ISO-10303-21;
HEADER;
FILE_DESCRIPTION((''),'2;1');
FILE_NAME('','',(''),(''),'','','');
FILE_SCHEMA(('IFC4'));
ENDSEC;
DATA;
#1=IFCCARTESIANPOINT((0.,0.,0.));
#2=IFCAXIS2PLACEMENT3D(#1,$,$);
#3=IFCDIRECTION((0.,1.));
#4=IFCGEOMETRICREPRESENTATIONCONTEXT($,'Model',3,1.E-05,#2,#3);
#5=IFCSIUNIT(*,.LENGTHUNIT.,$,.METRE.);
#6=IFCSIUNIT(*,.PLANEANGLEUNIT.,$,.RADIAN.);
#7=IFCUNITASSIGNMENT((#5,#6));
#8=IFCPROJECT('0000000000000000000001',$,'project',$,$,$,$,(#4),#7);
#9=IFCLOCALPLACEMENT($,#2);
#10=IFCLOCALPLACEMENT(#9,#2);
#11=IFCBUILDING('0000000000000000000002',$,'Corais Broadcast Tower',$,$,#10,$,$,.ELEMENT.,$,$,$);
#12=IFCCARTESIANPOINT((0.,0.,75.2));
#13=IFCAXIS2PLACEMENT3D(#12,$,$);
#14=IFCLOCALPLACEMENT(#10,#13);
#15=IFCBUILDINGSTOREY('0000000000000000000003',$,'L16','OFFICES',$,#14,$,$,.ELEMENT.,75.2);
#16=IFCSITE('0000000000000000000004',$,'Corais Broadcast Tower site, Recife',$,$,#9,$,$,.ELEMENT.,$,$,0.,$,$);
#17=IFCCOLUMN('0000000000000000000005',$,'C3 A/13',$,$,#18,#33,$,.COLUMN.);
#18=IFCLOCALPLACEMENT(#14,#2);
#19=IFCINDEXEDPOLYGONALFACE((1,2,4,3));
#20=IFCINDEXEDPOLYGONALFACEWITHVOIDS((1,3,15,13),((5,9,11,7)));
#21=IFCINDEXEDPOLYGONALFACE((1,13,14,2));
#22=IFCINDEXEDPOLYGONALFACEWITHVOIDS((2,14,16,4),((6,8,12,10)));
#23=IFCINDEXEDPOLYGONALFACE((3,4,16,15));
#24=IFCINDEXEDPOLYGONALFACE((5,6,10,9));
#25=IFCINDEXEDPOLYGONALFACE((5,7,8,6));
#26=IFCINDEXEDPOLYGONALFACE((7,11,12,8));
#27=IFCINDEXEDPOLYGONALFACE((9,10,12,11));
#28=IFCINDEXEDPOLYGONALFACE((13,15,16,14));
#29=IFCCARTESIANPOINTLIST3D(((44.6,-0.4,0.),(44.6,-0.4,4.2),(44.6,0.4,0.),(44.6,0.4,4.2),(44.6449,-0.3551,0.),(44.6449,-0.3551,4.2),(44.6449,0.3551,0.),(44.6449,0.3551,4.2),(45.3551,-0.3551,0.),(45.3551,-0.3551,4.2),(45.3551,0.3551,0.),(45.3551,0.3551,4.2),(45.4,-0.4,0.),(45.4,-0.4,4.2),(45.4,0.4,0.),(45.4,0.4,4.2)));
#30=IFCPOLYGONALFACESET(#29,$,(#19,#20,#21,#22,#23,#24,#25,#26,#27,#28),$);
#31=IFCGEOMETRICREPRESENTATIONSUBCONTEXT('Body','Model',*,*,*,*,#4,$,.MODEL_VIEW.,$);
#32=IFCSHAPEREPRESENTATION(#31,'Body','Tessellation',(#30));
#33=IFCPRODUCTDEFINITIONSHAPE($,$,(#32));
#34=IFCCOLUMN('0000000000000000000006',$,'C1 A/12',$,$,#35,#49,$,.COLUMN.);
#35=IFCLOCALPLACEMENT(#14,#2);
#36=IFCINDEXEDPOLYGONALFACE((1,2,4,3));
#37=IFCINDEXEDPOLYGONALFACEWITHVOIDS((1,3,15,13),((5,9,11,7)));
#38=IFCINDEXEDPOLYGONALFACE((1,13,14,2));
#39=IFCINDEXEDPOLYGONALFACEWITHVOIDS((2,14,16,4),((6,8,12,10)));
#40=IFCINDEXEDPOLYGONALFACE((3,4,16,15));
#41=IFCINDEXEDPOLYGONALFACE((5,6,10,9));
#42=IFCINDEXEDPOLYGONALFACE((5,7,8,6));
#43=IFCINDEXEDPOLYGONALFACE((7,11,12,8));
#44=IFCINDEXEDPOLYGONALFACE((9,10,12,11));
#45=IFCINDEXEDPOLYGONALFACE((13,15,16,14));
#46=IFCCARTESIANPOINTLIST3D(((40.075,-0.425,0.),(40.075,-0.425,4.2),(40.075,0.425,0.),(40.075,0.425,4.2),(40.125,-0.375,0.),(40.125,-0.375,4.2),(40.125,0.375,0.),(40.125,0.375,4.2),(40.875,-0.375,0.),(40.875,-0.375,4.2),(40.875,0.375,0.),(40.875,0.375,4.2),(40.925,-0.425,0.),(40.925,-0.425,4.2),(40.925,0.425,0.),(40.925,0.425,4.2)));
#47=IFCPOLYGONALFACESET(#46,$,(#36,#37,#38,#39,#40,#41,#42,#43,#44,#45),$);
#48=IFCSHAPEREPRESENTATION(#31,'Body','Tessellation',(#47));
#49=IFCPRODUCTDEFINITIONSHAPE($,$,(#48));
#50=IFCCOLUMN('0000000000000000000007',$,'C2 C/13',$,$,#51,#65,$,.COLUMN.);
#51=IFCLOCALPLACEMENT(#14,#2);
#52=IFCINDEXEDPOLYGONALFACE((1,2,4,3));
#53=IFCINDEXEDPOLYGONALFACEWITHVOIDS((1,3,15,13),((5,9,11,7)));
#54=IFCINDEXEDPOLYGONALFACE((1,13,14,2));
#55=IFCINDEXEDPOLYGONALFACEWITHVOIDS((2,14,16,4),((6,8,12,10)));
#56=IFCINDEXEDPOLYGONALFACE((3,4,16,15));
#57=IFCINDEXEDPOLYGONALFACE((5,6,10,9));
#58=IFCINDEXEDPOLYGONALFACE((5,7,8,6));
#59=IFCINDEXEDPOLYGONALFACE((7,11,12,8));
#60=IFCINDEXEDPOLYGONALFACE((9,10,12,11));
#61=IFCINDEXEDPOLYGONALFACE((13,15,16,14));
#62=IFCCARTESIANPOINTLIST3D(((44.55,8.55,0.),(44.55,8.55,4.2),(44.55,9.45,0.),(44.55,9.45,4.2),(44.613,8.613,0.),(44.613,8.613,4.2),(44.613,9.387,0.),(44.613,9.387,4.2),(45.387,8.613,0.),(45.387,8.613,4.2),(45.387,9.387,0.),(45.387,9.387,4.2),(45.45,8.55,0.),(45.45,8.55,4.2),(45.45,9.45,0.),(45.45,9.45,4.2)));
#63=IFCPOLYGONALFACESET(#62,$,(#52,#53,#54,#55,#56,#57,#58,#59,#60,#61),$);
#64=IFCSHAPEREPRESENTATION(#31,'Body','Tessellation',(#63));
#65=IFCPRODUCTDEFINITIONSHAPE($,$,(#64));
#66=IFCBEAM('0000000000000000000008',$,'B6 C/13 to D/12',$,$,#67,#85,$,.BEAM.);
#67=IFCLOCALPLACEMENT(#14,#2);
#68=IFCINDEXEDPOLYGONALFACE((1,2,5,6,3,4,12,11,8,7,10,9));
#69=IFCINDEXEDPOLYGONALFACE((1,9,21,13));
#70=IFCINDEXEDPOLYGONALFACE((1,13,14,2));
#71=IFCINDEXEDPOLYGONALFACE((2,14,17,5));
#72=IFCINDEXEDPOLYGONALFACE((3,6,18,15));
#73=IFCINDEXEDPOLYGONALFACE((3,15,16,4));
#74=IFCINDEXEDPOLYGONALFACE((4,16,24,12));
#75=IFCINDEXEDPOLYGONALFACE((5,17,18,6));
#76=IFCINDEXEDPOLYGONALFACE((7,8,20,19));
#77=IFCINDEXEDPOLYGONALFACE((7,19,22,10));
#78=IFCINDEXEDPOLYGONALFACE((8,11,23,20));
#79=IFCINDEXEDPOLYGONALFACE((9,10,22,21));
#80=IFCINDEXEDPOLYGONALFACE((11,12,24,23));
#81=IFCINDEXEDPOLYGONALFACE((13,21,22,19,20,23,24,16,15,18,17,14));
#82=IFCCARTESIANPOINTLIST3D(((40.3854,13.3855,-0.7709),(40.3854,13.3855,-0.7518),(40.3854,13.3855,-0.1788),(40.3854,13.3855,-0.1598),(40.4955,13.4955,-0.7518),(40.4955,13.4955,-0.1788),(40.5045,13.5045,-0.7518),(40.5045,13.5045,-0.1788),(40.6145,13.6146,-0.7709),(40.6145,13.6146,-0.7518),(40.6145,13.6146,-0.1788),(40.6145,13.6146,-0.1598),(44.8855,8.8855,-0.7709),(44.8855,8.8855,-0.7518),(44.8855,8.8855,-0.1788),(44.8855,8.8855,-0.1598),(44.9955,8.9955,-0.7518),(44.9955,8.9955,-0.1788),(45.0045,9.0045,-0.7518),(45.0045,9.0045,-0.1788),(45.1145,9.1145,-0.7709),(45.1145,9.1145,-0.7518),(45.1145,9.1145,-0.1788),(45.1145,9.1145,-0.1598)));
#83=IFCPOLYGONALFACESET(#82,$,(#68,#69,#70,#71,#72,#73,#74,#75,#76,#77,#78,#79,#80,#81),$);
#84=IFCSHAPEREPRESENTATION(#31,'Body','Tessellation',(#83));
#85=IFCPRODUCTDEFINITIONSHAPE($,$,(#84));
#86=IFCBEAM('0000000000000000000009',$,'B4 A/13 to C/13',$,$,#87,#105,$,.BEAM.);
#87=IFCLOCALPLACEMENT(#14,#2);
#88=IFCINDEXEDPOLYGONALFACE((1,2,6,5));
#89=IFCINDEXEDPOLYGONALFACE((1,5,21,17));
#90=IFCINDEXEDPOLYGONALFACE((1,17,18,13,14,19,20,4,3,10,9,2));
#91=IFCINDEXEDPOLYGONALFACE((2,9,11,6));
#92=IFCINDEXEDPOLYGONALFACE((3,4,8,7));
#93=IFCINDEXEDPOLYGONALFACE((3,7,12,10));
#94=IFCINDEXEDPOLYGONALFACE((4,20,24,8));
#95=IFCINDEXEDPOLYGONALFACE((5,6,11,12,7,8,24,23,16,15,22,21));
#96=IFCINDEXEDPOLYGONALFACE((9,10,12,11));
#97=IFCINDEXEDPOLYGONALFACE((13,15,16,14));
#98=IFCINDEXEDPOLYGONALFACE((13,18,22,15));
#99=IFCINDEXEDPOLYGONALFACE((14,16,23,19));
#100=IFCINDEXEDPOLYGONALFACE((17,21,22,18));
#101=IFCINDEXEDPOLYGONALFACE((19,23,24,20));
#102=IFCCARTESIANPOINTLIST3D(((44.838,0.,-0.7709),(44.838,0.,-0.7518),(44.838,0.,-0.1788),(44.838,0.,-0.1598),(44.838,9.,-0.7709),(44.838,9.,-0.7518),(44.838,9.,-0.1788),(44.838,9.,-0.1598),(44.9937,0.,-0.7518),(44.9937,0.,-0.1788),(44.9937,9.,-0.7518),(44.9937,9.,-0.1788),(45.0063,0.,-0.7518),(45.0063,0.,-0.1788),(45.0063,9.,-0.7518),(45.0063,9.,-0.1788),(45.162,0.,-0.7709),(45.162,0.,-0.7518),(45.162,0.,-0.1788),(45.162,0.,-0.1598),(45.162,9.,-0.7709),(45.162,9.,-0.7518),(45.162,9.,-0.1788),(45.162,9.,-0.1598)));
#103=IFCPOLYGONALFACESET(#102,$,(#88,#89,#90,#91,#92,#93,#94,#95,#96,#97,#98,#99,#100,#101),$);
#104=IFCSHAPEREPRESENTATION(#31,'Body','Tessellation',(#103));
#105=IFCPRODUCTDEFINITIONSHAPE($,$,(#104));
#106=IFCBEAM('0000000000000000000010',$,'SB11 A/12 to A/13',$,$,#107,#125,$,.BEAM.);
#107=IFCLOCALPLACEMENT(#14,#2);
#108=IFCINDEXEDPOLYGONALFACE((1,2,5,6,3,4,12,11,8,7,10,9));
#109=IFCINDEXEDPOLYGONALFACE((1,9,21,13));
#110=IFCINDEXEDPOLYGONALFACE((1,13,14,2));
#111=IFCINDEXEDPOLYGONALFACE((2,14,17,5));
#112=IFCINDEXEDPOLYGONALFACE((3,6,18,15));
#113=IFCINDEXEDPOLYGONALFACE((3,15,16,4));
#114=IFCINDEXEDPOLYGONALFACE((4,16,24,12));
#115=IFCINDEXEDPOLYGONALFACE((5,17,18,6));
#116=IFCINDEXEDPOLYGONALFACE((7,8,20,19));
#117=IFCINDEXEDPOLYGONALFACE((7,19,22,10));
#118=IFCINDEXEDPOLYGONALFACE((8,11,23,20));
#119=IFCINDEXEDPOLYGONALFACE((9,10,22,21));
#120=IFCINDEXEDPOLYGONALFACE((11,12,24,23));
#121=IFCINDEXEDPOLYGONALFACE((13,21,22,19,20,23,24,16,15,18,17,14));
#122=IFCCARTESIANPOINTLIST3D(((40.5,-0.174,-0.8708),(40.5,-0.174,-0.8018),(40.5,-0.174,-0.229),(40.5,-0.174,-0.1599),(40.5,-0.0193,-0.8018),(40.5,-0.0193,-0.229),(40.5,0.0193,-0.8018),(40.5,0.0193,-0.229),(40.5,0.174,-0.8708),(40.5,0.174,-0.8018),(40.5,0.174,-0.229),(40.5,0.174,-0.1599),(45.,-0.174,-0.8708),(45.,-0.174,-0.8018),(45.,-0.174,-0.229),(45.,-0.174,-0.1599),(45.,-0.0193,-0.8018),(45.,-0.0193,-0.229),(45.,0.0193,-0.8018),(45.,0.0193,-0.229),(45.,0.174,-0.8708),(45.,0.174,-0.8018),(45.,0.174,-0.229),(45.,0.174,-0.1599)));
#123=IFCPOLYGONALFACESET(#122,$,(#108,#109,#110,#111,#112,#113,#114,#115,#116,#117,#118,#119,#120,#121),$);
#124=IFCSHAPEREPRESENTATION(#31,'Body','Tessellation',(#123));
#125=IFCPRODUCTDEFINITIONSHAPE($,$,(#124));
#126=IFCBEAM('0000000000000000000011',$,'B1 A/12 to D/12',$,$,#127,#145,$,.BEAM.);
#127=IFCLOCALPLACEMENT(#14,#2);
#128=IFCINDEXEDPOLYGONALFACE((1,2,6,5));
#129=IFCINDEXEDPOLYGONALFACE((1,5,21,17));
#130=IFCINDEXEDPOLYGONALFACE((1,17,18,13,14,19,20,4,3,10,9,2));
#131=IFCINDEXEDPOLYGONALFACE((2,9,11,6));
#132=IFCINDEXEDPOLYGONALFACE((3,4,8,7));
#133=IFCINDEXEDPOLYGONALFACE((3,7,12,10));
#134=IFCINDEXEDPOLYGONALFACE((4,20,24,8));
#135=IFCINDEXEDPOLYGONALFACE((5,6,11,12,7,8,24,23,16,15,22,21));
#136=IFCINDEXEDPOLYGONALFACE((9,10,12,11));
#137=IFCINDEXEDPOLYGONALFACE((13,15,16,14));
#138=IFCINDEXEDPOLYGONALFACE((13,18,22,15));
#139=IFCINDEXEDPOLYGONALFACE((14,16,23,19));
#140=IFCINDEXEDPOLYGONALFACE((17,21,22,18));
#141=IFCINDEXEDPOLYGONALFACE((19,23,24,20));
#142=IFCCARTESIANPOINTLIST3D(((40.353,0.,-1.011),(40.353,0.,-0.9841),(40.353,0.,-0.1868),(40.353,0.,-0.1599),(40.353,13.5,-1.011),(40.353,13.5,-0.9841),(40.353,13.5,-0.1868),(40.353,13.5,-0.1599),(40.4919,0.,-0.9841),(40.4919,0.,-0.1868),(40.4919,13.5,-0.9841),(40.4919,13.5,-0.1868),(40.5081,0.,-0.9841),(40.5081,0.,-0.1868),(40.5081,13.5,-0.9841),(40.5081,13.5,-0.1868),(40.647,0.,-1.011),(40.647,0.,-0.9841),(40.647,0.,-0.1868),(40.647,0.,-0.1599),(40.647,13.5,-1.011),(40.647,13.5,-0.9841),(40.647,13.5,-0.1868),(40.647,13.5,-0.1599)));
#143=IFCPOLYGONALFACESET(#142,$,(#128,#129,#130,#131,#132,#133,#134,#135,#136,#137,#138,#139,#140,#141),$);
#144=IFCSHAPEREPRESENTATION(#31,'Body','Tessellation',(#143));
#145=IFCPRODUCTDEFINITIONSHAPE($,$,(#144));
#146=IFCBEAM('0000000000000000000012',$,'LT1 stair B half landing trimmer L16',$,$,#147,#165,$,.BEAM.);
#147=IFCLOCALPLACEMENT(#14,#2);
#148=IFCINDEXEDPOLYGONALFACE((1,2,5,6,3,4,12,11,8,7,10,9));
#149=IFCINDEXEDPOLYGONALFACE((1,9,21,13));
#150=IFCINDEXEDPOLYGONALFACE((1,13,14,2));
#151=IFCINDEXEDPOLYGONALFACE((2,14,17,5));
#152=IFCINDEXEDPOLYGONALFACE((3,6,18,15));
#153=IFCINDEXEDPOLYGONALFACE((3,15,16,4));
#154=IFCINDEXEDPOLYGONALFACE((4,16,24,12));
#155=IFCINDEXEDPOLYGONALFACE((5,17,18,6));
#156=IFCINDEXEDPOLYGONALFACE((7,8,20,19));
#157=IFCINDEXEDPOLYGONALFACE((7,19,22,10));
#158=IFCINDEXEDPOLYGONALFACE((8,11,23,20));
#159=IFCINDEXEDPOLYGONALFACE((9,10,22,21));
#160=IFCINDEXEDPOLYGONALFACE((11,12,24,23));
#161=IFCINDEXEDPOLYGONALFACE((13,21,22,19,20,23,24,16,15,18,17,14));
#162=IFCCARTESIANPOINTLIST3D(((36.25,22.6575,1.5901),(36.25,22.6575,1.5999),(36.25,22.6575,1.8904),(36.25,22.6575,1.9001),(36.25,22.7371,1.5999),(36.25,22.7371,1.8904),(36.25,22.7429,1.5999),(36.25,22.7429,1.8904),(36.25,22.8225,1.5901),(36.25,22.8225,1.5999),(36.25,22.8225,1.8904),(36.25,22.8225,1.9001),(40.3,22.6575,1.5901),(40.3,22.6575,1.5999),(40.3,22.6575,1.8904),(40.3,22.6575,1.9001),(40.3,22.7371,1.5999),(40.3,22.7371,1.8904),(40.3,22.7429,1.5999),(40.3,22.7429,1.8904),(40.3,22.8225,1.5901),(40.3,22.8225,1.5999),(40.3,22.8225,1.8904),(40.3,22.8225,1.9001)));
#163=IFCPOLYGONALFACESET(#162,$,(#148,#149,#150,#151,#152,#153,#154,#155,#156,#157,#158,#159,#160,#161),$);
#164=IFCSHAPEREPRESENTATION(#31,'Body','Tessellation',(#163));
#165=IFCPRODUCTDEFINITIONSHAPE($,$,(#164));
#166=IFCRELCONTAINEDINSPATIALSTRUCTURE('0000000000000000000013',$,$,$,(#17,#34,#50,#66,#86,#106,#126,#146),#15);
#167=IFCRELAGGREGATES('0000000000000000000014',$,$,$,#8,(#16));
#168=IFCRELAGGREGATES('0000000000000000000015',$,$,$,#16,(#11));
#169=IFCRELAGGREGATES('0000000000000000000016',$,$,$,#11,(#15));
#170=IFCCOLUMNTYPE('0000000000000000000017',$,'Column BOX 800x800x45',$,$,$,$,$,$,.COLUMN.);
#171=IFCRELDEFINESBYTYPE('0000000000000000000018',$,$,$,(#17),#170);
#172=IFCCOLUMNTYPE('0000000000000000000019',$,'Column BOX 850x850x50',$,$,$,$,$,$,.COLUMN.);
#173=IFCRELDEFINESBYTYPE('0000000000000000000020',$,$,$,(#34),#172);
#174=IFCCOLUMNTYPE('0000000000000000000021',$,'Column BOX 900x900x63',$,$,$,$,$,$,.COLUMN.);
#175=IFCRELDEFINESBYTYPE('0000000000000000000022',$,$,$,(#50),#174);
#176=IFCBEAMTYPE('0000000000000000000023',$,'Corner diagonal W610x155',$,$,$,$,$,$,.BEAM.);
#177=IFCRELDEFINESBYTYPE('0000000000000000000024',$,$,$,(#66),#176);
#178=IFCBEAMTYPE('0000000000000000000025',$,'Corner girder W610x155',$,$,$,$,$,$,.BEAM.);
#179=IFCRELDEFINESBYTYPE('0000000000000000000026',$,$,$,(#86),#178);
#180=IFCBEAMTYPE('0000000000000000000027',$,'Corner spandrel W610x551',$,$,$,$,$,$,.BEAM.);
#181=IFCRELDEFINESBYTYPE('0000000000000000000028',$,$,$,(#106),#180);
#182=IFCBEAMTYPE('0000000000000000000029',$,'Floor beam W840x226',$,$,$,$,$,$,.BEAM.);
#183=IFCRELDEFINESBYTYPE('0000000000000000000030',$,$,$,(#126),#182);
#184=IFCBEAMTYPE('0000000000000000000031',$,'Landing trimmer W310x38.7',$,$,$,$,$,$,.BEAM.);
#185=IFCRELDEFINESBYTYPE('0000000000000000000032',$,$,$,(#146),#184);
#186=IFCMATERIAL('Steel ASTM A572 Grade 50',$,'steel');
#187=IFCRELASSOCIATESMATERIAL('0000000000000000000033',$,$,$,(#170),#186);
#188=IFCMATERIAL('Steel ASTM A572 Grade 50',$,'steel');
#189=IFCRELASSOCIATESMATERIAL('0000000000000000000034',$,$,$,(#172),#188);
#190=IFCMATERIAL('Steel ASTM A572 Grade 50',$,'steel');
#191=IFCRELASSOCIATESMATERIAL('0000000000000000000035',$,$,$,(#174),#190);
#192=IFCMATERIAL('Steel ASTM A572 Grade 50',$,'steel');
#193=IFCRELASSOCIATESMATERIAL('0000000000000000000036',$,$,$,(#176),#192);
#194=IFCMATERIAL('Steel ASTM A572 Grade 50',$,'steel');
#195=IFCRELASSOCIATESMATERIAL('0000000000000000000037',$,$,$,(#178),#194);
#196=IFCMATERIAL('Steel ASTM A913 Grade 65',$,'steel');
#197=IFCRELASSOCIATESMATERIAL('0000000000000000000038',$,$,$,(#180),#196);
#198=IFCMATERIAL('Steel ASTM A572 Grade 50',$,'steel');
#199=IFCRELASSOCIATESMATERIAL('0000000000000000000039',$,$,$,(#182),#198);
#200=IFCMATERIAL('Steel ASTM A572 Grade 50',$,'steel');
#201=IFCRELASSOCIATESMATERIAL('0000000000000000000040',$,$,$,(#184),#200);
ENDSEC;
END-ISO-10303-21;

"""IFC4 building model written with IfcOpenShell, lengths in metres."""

from ifc_helpers import new_model, si_unit, direction, frame, origin, origin_2d, place, context, subcontext, project, spatial, hollow_rectangle, i_section, extrude, material, material_profile, profile_set, type_object, element, save


model = new_model("IFC4")

# Units and contexts
model_context = context("Model", 3, precision=1e-05, world=origin(), true_north=direction((0.0, 1.0)))
body_context = subcontext(model_context, "Body", "Model", "MODEL_VIEW")
ifc_project = project(units=[si_unit("LENGTHUNIT", "METRE"), si_unit("PLANEANGLEUNIT", "RADIAN")], contexts=[model_context])

# Site, building, storey
site_placement = place(None, origin())
site = spatial("IfcSite", under=ifc_project, at=site_placement, Name="Corais Broadcast Tower site, Recife", CompositionType="ELEMENT", RefElevation=0.0)
building_placement = place(site_placement, origin())
building = spatial("IfcBuilding", under=site, at=building_placement, Name="Corais Broadcast Tower", CompositionType="ELEMENT")
storey_placement = place(building_placement, frame((0.0, 0.0, 75.2)))
storey = spatial("IfcBuildingStorey", under=building, at=storey_placement, Name="L16", Description="OFFICES", CompositionType="ELEMENT", Elevation=75.2)

# Columns
ifc_material_1 = material(Name="Steel ASTM A572 Grade 50", Category="steel")
ifc_material_profile_1 = material_profile(ifc_material_1, hollow_rectangle(XDim=0.8, YDim=0.8, WallThickness=0.0449, at=origin_2d()), Name="BOX 800x800x45")
ifc_profile_set_1 = profile_set([ifc_material_profile_1], Name="Steel ASTM A572 Grade 50")
column_type_1 = type_object("IfcColumnType", Name="Column BOX 800x800x45", PredefinedType="COLUMN", material=ifc_profile_set_1)
column_1_placement = place(storey_placement, frame((45.0, 0.0, 0.0), z_axis=(0.0, 0.0, 1.0), x_axis=(1.0, 0.0, 0.0)))
element("IfcColumn", 1, at=column_1_placement, inside=storey, type_object=column_type_1, Name="C3 A/13", PredefinedType="COLUMN", context=body_context, shape_type="SweptSolid", body=[
    extrude(hollow_rectangle(XDim=0.8, YDim=0.8, WallThickness=0.0449, at=origin_2d()), origin(), (0.0, 0.0, 1.0), 4.2),
])
ifc_material_2 = material(Name="Steel ASTM A572 Grade 50", Category="steel")
ifc_material_profile_2 = material_profile(ifc_material_2, hollow_rectangle(XDim=0.8501, YDim=0.8501, WallThickness=0.05, at=origin_2d()), Name="BOX 850x850x50")
ifc_profile_set_2 = profile_set([ifc_material_profile_2], Name="Steel ASTM A572 Grade 50")
column_type_2 = type_object("IfcColumnType", Name="Column BOX 850x850x50", PredefinedType="COLUMN", material=ifc_profile_set_2)
column_2_placement = place(storey_placement, frame((40.5, 0.0, 0.0), z_axis=(0.0, 0.0, 1.0), x_axis=(1.0, 0.0, 0.0)))
element("IfcColumn", 2, at=column_2_placement, inside=storey, type_object=column_type_2, Name="C1 A/12", PredefinedType="COLUMN", context=body_context, shape_type="SweptSolid", body=[
    extrude(hollow_rectangle(XDim=0.8501, YDim=0.8501, WallThickness=0.05, at=origin_2d()), origin(), (0.0, 0.0, 1.0), 4.2),
])
ifc_material_3 = material(Name="Steel ASTM A572 Grade 50", Category="steel")
ifc_material_profile_3 = material_profile(ifc_material_3, hollow_rectangle(XDim=0.8999, YDim=0.8999, WallThickness=0.063, at=origin_2d()), Name="BOX 900x900x63")
ifc_profile_set_3 = profile_set([ifc_material_profile_3], Name="Steel ASTM A572 Grade 50")
column_type_3 = type_object("IfcColumnType", Name="Column BOX 900x900x63", PredefinedType="COLUMN", material=ifc_profile_set_3)
column_3_placement = place(storey_placement, frame((45.0, 9.0, 0.0), z_axis=(0.0, 0.0, 1.0), x_axis=(1.0, 0.0, 0.0)))
element("IfcColumn", 3, at=column_3_placement, inside=storey, type_object=column_type_3, Name="C2 C/13", PredefinedType="COLUMN", context=body_context, shape_type="SweptSolid", body=[
    extrude(hollow_rectangle(XDim=0.8999, YDim=0.8999, WallThickness=0.063, at=origin_2d()), origin(), (0.0, 0.0, 1.0), 4.2),
])

# Beams
ifc_material_4 = material(Name="Steel ASTM A572 Grade 50", Category="steel")
ifc_material_profile_4 = material_profile(ifc_material_4, i_section(OverallWidth=0.324, OverallDepth=0.6111, WebThickness=0.0127, FlangeThickness=0.019, at=origin_2d()), Name="W610x155")
ifc_profile_set_4 = profile_set([ifc_material_profile_4], Name="Steel ASTM A572 Grade 50")
beam_type_1 = type_object("IfcBeamType", Name="Corner diagonal W610x155", PredefinedType="BEAM", material=ifc_profile_set_4)
beam_1_placement = place(storey_placement, frame((45.0, 9.0, -0.4653), z_axis=(-0.707107, 0.707107, 0.0), x_axis=(-0.707107, -0.707107, 0.0)))
element("IfcBeam", 4, at=beam_1_placement, inside=storey, type_object=beam_type_1, Name="B6 C/13 to D/12", PredefinedType="BEAM", context=body_context, shape_type="SweptSolid", body=[
    extrude(i_section(OverallWidth=0.324, OverallDepth=0.6111, WebThickness=0.0127, FlangeThickness=0.019, at=origin_2d()), origin(), (0.0, 0.0, 1.0), 6.364),
])
ifc_material_5 = material(Name="Steel ASTM A572 Grade 50", Category="steel")
ifc_material_profile_5 = material_profile(ifc_material_5, i_section(OverallWidth=0.324, OverallDepth=0.6111, WebThickness=0.0127, FlangeThickness=0.019, at=origin_2d()), Name="W610x155")
ifc_profile_set_5 = profile_set([ifc_material_profile_5], Name="Steel ASTM A572 Grade 50")
beam_type_2 = type_object("IfcBeamType", Name="Corner girder W610x155", PredefinedType="BEAM", material=ifc_profile_set_5)
beam_2_placement = place(storey_placement, frame((45.0, 0.0, -0.4653), z_axis=(0.0, 1.0, 0.0), x_axis=(-1.0, 0.0, 0.0)))
element("IfcBeam", 5, at=beam_2_placement, inside=storey, type_object=beam_type_2, Name="B4 A/13 to C/13", PredefinedType="BEAM", context=body_context, shape_type="SweptSolid", body=[
    extrude(i_section(OverallWidth=0.324, OverallDepth=0.6111, WebThickness=0.0127, FlangeThickness=0.019, at=origin_2d()), origin(), (0.0, 0.0, 1.0), 9.0),
])
ifc_material_6 = material(Name="Steel ASTM A913 Grade 65", Category="steel")
ifc_material_profile_6 = material_profile(ifc_material_6, i_section(OverallWidth=0.3479, OverallDepth=0.7109, WebThickness=0.0386, FlangeThickness=0.0691, at=origin_2d()), Name="W610x551")
ifc_profile_set_6 = profile_set([ifc_material_profile_6], Name="Steel ASTM A913 Grade 65")
beam_type_3 = type_object("IfcBeamType", Name="Corner spandrel W610x551", PredefinedType="BEAM", material=ifc_profile_set_6)
beam_3_placement = place(storey_placement, frame((40.5, 0.0, -0.5154), z_axis=(1.0, 0.0, 0.0), x_axis=(0.0, 1.0, 0.0)))
element("IfcBeam", 6, at=beam_3_placement, inside=storey, type_object=beam_type_3, Name="SB11 A/12 to A/13", PredefinedType="BEAM", context=body_context, shape_type="SweptSolid", body=[
    extrude(i_section(OverallWidth=0.3479, OverallDepth=0.7109, WebThickness=0.0386, FlangeThickness=0.0691, at=origin_2d()), origin(), (0.0, 0.0, 1.0), 4.5),
])
ifc_material_7 = material(Name="Steel ASTM A572 Grade 50", Category="steel")
ifc_material_profile_7 = material_profile(ifc_material_7, i_section(OverallWidth=0.2939, OverallDepth=0.8511, WebThickness=0.0161, FlangeThickness=0.0269, at=origin_2d()), Name="W840x226")
ifc_profile_set_7 = profile_set([ifc_material_profile_7], Name="Steel ASTM A572 Grade 50")
beam_type_4 = type_object("IfcBeamType", Name="Floor beam W840x226", PredefinedType="BEAM", material=ifc_profile_set_7)
beam_4_placement = place(storey_placement, frame((40.5, 0.0, -0.5854), z_axis=(0.0, 1.0, 0.0), x_axis=(-1.0, 0.0, 0.0)))
element("IfcBeam", 7, at=beam_4_placement, inside=storey, type_object=beam_type_4, Name="B1 A/12 to D/12", PredefinedType="BEAM", context=body_context, shape_type="SweptSolid", body=[
    extrude(i_section(OverallWidth=0.2939, OverallDepth=0.8511, WebThickness=0.0161, FlangeThickness=0.0269, at=origin_2d()), origin(), (0.0, 0.0, 1.0), 13.5),
])
ifc_material_8 = material(Name="Steel ASTM A572 Grade 50", Category="steel")
ifc_material_profile_8 = material_profile(ifc_material_8, i_section(OverallWidth=0.165, OverallDepth=0.3101, WebThickness=0.0059, FlangeThickness=0.0098, at=origin_2d()), Name="W310x38.7")
ifc_profile_set_8 = profile_set([ifc_material_profile_8], Name="Steel ASTM A572 Grade 50")
beam_type_5 = type_object("IfcBeamType", Name="Landing trimmer W310x38.7", PredefinedType="BEAM", material=ifc_profile_set_8)
beam_5_placement = place(storey_placement, frame((36.25, 22.74, 1.7451), z_axis=(1.0, 0.0, 0.0), x_axis=(0.0, 1.0, 0.0)))
element("IfcBeam", 8, at=beam_5_placement, inside=storey, type_object=beam_type_5, Name="LT1 stair B half landing trimmer L16", PredefinedType="BEAM", context=body_context, shape_type="SweptSolid", body=[
    extrude(i_section(OverallWidth=0.165, OverallDepth=0.3101, WebThickness=0.0059, FlangeThickness=0.0098, at=origin_2d()), origin(), (0.0, 0.0, 1.0), 4.05),
])

save(model, "model.ifc")
